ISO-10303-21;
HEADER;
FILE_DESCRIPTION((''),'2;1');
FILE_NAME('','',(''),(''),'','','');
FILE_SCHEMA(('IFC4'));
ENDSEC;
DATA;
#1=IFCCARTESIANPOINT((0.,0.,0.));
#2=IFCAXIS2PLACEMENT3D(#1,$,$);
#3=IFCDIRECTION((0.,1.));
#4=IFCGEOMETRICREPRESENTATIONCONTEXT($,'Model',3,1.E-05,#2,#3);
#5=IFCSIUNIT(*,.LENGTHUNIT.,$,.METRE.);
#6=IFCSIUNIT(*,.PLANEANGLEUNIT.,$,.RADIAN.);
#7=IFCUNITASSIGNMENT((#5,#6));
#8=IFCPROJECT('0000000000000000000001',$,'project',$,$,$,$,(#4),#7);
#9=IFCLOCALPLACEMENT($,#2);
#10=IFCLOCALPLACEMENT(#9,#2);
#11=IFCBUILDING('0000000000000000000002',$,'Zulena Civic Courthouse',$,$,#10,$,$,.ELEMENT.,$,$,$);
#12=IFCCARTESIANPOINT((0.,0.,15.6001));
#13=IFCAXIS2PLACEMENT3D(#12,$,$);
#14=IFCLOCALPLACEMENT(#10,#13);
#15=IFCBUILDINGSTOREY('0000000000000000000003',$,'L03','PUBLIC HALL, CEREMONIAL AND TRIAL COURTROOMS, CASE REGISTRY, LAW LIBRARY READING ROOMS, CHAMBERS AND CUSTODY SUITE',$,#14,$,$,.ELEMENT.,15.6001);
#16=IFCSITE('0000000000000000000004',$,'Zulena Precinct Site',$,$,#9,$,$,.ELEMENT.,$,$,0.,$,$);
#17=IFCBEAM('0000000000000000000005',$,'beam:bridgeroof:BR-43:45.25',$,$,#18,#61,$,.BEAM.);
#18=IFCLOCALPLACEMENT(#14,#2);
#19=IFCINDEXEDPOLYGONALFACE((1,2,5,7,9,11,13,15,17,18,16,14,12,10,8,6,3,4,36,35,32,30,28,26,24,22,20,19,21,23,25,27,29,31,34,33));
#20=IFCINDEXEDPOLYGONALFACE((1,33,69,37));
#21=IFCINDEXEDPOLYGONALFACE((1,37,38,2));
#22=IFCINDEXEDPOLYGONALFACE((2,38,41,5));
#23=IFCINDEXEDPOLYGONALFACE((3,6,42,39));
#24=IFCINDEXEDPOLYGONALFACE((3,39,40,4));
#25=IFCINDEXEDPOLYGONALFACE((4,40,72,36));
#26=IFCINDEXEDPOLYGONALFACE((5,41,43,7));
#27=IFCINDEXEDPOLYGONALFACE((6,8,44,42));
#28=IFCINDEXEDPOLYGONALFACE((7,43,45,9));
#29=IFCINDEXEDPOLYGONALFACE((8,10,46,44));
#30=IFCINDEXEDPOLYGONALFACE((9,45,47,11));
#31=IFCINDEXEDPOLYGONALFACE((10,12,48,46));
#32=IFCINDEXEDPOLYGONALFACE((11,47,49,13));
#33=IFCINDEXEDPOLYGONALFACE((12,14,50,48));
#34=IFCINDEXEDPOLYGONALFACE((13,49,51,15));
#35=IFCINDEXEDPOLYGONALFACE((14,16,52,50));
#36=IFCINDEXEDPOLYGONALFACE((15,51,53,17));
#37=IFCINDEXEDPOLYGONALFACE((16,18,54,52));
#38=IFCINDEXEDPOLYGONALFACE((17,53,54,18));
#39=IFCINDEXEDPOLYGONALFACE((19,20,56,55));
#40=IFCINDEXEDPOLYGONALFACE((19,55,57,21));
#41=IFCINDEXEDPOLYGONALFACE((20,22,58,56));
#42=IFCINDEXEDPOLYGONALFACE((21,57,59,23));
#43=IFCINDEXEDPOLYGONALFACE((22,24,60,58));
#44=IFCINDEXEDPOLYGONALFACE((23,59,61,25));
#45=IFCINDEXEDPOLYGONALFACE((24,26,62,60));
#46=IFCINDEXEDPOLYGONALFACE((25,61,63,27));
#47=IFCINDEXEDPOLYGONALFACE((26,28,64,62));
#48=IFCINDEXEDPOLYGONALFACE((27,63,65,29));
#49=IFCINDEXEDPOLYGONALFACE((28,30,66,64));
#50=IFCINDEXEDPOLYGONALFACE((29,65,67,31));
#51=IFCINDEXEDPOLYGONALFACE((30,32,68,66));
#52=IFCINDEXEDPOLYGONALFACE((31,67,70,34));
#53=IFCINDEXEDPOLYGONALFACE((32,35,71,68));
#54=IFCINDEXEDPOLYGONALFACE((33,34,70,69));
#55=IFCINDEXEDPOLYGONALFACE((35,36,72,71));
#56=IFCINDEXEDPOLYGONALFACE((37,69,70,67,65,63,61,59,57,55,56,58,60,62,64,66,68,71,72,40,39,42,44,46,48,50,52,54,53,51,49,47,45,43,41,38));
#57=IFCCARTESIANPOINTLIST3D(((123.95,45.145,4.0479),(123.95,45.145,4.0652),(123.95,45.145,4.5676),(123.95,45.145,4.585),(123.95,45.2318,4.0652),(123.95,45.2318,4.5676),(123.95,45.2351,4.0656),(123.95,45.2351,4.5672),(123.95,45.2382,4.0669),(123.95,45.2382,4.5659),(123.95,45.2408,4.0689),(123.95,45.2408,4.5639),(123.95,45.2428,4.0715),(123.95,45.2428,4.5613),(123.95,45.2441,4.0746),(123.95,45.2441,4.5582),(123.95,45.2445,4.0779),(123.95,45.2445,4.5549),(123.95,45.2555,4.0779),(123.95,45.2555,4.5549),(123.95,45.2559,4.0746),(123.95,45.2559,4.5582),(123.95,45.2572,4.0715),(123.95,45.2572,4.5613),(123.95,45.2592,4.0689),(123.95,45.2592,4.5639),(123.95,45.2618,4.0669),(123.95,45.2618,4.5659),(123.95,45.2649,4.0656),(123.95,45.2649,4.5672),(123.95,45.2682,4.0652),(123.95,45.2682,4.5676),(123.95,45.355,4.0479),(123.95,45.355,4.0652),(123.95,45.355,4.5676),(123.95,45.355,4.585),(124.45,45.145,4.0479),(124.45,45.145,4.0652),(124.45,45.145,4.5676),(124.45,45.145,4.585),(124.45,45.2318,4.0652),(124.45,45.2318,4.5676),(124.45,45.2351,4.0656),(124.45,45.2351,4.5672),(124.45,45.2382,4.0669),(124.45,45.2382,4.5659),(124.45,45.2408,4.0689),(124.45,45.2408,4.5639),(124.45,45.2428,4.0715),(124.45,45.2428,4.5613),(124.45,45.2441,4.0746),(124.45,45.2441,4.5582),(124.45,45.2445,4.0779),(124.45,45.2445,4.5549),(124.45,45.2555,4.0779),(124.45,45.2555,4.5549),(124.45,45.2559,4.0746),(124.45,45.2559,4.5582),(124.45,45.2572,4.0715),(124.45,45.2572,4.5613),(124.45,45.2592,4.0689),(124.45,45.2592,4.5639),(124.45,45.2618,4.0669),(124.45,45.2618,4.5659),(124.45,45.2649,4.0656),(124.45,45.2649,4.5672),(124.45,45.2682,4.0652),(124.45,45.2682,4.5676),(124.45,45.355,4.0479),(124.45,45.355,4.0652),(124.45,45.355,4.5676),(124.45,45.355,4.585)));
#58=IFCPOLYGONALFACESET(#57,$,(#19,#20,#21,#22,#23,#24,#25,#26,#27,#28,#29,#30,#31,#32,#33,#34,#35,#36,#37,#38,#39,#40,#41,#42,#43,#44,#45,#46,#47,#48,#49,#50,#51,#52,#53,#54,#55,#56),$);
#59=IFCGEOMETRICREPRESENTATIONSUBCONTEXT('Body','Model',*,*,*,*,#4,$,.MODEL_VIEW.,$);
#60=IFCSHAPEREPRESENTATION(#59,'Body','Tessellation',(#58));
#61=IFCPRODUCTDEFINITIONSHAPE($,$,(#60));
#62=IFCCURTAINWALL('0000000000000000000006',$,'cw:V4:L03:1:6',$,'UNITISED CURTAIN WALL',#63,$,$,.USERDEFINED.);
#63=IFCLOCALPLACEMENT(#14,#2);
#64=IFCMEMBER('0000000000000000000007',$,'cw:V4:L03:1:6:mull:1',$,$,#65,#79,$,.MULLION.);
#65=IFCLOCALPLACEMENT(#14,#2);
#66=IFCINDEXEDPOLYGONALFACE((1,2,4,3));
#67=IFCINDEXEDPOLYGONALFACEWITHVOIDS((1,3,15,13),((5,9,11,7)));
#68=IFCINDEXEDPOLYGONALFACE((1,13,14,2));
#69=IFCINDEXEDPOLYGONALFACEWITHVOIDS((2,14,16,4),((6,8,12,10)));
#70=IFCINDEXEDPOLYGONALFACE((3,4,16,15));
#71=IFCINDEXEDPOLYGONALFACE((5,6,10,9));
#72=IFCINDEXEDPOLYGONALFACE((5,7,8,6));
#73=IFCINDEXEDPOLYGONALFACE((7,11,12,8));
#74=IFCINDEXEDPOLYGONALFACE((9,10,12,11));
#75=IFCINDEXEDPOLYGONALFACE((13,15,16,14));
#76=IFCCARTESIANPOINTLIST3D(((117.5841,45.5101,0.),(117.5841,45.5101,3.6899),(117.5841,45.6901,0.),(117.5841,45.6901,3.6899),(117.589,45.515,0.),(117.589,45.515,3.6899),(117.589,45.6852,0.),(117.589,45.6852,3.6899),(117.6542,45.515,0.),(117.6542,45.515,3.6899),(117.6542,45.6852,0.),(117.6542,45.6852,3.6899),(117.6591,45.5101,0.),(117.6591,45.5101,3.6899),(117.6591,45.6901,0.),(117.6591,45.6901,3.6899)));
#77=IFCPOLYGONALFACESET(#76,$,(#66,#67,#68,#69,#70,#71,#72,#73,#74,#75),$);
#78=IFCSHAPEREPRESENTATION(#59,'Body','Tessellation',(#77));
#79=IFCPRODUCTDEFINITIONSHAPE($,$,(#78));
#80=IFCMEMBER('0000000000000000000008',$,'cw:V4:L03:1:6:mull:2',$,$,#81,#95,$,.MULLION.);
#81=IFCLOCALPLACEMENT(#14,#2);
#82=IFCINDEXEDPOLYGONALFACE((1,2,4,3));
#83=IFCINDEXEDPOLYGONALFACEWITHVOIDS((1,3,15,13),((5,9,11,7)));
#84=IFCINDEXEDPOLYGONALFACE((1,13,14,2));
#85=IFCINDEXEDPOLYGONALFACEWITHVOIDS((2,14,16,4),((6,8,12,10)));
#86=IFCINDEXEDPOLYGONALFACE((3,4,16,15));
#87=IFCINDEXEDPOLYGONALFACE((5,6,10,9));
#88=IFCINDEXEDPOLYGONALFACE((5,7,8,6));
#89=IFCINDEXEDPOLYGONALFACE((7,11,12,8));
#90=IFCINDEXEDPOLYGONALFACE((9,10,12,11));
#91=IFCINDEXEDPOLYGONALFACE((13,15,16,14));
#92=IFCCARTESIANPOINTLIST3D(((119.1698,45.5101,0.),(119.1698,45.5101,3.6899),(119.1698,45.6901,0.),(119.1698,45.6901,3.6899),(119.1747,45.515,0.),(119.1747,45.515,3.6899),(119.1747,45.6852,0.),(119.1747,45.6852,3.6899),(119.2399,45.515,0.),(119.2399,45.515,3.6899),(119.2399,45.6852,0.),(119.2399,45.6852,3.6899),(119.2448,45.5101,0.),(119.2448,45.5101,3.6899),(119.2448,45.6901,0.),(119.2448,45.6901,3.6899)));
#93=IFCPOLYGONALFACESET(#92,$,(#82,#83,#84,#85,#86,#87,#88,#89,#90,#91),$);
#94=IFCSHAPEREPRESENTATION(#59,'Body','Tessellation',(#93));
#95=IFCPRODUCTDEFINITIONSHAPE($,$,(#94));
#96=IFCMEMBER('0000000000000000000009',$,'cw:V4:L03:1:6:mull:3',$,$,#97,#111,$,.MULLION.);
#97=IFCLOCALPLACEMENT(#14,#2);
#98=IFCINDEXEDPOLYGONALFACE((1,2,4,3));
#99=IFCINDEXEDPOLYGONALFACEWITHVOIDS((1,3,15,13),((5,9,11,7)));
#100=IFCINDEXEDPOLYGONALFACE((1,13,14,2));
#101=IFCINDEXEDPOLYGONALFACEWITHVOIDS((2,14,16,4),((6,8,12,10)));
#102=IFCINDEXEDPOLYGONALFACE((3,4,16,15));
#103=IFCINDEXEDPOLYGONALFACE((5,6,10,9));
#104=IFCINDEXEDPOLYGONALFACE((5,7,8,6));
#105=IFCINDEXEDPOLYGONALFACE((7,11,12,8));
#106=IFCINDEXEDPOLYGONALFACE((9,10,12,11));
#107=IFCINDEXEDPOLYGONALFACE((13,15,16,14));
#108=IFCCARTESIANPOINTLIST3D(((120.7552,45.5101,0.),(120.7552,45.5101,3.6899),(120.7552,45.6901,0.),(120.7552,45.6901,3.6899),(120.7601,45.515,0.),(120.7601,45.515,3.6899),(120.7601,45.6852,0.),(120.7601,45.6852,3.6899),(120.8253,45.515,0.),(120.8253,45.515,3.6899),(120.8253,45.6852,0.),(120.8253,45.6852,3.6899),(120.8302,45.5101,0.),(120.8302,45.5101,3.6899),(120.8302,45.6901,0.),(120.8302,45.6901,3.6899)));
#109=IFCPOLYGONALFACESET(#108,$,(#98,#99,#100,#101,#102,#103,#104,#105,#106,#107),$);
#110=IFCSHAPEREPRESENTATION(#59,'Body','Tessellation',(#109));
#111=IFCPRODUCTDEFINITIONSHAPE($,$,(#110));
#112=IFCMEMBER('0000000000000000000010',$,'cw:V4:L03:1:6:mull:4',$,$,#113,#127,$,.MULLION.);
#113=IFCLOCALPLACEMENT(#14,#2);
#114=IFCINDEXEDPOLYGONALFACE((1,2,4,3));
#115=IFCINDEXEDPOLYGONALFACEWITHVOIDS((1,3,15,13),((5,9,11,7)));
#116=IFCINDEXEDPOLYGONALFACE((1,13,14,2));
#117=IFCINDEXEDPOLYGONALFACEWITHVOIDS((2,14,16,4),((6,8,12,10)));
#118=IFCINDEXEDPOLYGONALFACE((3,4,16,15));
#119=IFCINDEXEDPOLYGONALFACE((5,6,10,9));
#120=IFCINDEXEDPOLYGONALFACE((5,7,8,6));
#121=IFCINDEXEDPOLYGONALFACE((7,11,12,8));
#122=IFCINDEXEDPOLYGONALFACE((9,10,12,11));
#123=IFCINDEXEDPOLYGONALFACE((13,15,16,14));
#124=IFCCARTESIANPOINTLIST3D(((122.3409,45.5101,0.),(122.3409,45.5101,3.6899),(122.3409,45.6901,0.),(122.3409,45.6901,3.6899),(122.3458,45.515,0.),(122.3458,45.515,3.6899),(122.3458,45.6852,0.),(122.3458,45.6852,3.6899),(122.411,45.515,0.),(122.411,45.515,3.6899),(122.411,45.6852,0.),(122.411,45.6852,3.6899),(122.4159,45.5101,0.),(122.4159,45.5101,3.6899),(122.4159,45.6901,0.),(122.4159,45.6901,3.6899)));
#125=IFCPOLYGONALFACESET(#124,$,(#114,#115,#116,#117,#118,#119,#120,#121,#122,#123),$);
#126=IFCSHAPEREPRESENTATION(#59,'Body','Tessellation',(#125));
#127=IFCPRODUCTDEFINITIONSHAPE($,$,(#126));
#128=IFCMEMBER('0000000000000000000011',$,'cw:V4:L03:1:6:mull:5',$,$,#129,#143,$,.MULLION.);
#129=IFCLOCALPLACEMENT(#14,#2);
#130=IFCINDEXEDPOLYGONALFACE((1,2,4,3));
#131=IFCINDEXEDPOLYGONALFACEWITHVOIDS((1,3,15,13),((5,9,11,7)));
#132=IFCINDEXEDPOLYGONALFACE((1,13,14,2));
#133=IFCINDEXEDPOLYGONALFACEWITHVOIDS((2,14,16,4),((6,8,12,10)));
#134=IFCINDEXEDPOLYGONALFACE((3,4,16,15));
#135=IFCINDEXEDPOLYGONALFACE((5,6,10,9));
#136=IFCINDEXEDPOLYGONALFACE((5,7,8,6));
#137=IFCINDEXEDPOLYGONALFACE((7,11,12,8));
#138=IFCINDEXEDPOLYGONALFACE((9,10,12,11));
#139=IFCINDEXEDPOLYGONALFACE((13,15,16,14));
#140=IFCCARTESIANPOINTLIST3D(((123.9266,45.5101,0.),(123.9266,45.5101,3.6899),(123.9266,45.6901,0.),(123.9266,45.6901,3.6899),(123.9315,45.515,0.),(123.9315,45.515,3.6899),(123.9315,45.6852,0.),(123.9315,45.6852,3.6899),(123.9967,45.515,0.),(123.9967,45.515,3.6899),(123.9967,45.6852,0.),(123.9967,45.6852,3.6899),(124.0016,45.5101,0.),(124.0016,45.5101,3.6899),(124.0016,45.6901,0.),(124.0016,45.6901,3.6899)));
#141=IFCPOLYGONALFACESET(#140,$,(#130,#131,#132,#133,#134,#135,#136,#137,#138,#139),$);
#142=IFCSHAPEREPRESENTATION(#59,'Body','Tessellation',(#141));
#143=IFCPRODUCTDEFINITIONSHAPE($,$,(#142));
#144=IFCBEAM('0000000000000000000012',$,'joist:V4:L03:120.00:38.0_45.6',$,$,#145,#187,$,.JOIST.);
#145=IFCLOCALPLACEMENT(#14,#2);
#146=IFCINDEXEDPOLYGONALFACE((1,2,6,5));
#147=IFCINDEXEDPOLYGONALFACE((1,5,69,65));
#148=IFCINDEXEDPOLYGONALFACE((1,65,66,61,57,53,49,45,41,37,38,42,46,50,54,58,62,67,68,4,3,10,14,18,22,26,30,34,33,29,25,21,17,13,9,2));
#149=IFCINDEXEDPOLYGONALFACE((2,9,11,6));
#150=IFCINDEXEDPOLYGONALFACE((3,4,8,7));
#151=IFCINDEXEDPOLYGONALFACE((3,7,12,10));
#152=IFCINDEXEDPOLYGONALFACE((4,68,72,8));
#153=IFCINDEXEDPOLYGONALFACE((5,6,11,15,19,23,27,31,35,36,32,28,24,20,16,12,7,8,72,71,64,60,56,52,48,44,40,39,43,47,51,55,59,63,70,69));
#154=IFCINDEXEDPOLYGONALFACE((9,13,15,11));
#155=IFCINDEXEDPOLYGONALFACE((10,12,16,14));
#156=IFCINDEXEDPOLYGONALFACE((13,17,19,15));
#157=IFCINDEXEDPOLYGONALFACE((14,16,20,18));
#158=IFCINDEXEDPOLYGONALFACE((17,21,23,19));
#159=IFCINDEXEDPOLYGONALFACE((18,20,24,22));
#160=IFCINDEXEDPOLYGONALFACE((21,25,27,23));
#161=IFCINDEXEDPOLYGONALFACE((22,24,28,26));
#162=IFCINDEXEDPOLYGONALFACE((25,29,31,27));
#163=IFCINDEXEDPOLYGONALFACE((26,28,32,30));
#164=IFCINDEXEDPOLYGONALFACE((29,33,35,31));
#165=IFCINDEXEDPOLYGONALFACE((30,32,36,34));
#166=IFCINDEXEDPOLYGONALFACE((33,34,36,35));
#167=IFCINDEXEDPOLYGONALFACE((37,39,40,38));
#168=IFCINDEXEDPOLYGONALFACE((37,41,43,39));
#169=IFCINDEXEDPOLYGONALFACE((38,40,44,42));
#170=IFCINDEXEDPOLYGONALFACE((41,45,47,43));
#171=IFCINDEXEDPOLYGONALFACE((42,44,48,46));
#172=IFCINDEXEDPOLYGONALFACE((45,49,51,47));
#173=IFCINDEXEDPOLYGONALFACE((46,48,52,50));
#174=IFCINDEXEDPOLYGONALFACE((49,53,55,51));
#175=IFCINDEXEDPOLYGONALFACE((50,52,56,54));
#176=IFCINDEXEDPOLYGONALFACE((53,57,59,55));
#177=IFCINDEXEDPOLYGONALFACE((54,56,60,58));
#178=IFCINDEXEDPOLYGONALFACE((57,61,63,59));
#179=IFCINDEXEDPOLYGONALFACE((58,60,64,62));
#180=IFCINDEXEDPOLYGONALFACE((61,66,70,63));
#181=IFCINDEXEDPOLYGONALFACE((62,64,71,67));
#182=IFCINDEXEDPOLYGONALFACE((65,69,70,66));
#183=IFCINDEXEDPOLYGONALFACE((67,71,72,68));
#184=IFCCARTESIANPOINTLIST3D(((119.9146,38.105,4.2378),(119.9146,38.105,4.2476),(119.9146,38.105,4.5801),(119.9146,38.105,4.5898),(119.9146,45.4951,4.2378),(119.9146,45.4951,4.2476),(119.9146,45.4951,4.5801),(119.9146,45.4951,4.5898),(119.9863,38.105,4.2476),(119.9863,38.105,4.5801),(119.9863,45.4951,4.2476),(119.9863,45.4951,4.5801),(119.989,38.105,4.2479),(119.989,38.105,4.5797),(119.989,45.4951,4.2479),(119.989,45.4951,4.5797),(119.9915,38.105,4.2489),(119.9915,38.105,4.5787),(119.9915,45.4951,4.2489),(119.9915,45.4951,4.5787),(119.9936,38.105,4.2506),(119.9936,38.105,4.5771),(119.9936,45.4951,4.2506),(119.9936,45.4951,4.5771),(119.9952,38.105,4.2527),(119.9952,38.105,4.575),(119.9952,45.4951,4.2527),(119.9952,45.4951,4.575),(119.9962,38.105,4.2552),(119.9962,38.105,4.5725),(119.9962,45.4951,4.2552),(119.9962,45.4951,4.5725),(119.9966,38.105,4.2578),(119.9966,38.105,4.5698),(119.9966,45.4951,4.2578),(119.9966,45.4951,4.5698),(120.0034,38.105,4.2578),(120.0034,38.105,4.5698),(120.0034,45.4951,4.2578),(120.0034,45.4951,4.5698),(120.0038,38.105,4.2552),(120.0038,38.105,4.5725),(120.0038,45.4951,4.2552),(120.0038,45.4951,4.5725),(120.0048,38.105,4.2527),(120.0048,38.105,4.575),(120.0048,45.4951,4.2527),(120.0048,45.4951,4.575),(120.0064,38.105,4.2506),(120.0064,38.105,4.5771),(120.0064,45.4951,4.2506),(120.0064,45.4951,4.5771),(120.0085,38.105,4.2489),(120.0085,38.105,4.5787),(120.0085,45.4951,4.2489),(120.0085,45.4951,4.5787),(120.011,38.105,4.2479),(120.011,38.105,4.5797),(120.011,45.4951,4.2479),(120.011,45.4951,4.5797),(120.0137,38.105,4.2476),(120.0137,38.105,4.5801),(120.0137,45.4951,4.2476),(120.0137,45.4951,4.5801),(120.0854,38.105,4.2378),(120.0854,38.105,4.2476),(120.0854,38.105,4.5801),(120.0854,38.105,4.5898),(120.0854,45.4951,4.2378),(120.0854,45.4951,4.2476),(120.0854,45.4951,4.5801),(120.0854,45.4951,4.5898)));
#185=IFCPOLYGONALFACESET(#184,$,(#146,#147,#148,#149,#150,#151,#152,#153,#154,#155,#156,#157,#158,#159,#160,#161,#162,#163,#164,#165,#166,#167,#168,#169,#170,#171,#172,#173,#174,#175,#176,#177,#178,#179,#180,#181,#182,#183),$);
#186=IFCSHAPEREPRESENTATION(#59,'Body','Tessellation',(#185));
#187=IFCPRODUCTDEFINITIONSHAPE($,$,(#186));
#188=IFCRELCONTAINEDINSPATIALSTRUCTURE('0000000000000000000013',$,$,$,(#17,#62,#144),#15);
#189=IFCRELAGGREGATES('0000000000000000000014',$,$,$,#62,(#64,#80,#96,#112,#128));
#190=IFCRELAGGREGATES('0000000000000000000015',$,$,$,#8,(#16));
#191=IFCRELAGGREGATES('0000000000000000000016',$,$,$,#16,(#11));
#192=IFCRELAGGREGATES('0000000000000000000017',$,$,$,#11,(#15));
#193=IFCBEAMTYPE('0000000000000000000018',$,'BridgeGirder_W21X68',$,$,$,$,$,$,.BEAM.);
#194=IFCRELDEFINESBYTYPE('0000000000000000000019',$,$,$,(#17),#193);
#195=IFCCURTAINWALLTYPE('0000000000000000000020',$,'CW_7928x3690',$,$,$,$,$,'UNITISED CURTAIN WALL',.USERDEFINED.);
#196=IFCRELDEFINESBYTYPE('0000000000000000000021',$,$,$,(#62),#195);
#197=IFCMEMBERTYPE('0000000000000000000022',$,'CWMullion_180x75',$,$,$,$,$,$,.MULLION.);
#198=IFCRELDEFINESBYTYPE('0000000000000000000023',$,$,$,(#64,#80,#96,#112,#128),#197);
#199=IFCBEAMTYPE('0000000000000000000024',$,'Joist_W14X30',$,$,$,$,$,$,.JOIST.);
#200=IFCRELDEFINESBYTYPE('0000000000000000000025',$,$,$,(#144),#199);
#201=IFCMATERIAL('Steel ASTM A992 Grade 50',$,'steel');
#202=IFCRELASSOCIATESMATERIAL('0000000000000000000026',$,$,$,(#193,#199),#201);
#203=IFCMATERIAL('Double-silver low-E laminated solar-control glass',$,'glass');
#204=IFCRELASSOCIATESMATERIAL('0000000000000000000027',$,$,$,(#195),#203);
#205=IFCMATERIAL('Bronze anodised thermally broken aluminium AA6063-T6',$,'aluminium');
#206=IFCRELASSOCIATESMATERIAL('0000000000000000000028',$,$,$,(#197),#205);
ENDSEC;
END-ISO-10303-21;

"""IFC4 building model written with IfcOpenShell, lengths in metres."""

from ifc_helpers import new_model, si_unit, direction, frame, origin, origin_2d, place, context, subcontext, project, spatial, hollow_rectangle, i_section, extrude, material, material_profile, profile_set, type_object, element, aggregate, save


model = new_model("IFC4")

# Units and contexts
model_context = context("Model", 3, precision=1e-05, world=origin(), true_north=direction((0.0, 1.0)))
body_context = subcontext(model_context, "Body", "Model", "MODEL_VIEW")
ifc_project = project(units=[si_unit("LENGTHUNIT", "METRE"), si_unit("PLANEANGLEUNIT", "RADIAN")], contexts=[model_context])

# Site, building, storey
site_placement = place(None, origin())
site = spatial("IfcSite", under=ifc_project, at=site_placement, Name="Zulena Precinct Site", CompositionType="ELEMENT", RefElevation=0.0)
building_placement = place(site_placement, origin())
building = spatial("IfcBuilding", under=site, at=building_placement, Name="Zulena Civic Courthouse", CompositionType="ELEMENT")
storey_placement = place(building_placement, frame((0.0, 0.0, 15.6001)))
storey = spatial("IfcBuildingStorey", under=building, at=storey_placement, Name="L03", Description="PUBLIC HALL, CEREMONIAL AND TRIAL COURTROOMS, CASE REGISTRY, LAW LIBRARY READING ROOMS, CHAMBERS AND CUSTODY SUITE", CompositionType="ELEMENT", Elevation=15.6001)

# Shared definitions
ifc_material_1 = material(Name="Steel ASTM A992 Grade 50", Category="steel")

# Beam
ifc_material_profile_1 = material_profile(ifc_material_1, i_section(OverallWidth=0.21, OverallDepth=0.5371, WebThickness=0.011, FlangeThickness=0.0173, FilletRadius=0.0127, at=origin_2d()), Name="W21X68")
ifc_profile_set_1 = profile_set([ifc_material_profile_1], Name="Steel ASTM A992 Grade 50")
beam_type_1 = type_object("IfcBeamType", Name="BridgeGirder_W21X68", PredefinedType="BEAM", material=ifc_profile_set_1)
for number, where, z_axis, x_axis, name in (
    (1, (123.95, 45.25, 4.3164), (1.0, 0.0, 0.0), (0.0, 1.0, 0.0), "beam:bridgeroof:BR-43:45.25"),
):
    element("IfcBeam", number, at=place(storey_placement, frame(where, z_axis=z_axis, x_axis=x_axis)), inside=storey, type_object=beam_type_1, Name=name, PredefinedType="BEAM", context=body_context, shape_type="SweptSolid", body=[
        extrude(i_section(OverallWidth=0.21, OverallDepth=0.5371, WebThickness=0.011, FlangeThickness=0.0173, FilletRadius=0.0127, at=origin_2d()), origin(), (0.0, 0.0, 1.0), 0.5),
    ])

# Curtain wall, members
ifc_material_2 = material(Name="Double-silver low-E laminated solar-control glass", Category="glass")
curtain_wall_type = type_object("IfcCurtainWallType", Name="CW_7928x3690", ElementType="UNITISED CURTAIN WALL", PredefinedType="USERDEFINED", material=ifc_material_2)
curtain_wall_placement = place(storey_placement, origin())
curtain_wall = element("IfcCurtainWall", 2, at=curtain_wall_placement, inside=storey, type_object=curtain_wall_type, Name="cw:V4:L03:1:6", ObjectType="UNITISED CURTAIN WALL", PredefinedType="USERDEFINED")
ifc_material_3 = material(Name="Bronze anodised thermally broken aluminium AA6063-T6", Category="aluminium")
ifc_material_profile_2 = material_profile(ifc_material_3, hollow_rectangle(XDim=0.075, YDim=0.1799, WallThickness=0.0049, at=origin_2d()), Name="CWM180X75X5")
ifc_profile_set_2 = profile_set([ifc_material_profile_2], Name="Bronze anodised thermally broken aluminium AA6063-T6")
member_type = type_object("IfcMemberType", Name="CWMullion_180x75", PredefinedType="MULLION", material=ifc_profile_set_2)
member_1_placement = place(storey_placement, frame((117.6216, 45.6001, 0.0), z_axis=(0.0, 0.0, 1.0), x_axis=(1.0, 0.0, 0.0)))
member_1 = element("IfcMember", 3, at=member_1_placement, type_object=member_type, Name="cw:V4:L03:1:6:mull:1", PredefinedType="MULLION", context=body_context, shape_type="SweptSolid", body=[
    extrude(hollow_rectangle(XDim=0.075, YDim=0.1799, WallThickness=0.0049, at=origin_2d()), origin(), (0.0, 0.0, 1.0), 3.6899),
])
member_2_placement = place(storey_placement, frame((119.2073, 45.6001, 0.0), z_axis=(0.0, 0.0, 1.0), x_axis=(1.0, 0.0, 0.0)))
member_2 = element("IfcMember", 4, at=member_2_placement, type_object=member_type, Name="cw:V4:L03:1:6:mull:2", PredefinedType="MULLION", context=body_context, shape_type="SweptSolid", body=[
    extrude(hollow_rectangle(XDim=0.075, YDim=0.1799, WallThickness=0.0049, at=origin_2d()), origin(), (0.0, 0.0, 1.0), 3.6899),
])
member_3_placement = place(storey_placement, frame((120.7927, 45.6001, 0.0), z_axis=(0.0, 0.0, 1.0), x_axis=(1.0, 0.0, 0.0)))
member_3 = element("IfcMember", 5, at=member_3_placement, type_object=member_type, Name="cw:V4:L03:1:6:mull:3", PredefinedType="MULLION", context=body_context, shape_type="SweptSolid", body=[
    extrude(hollow_rectangle(XDim=0.075, YDim=0.1799, WallThickness=0.0049, at=origin_2d()), origin(), (0.0, 0.0, 1.0), 3.6899),
])
member_4_placement = place(storey_placement, frame((122.3784, 45.6001, 0.0), z_axis=(0.0, 0.0, 1.0), x_axis=(1.0, 0.0, 0.0)))
member_4 = element("IfcMember", 6, at=member_4_placement, type_object=member_type, Name="cw:V4:L03:1:6:mull:4", PredefinedType="MULLION", context=body_context, shape_type="SweptSolid", body=[
    extrude(hollow_rectangle(XDim=0.075, YDim=0.1799, WallThickness=0.0049, at=origin_2d()), origin(), (0.0, 0.0, 1.0), 3.6899),
])
member_5_placement = place(storey_placement, frame((123.9641, 45.6001, 0.0), z_axis=(0.0, 0.0, 1.0), x_axis=(1.0, 0.0, 0.0)))
member_5 = element("IfcMember", 7, at=member_5_placement, type_object=member_type, Name="cw:V4:L03:1:6:mull:5", PredefinedType="MULLION", context=body_context, shape_type="SweptSolid", body=[
    extrude(hollow_rectangle(XDim=0.075, YDim=0.1799, WallThickness=0.0049, at=origin_2d()), origin(), (0.0, 0.0, 1.0), 3.6899),
])

# Beam
ifc_material_profile_3 = material_profile(ifc_material_1, i_section(OverallWidth=0.1709, OverallDepth=0.3521, WebThickness=0.0068, FlangeThickness=0.0098, FilletRadius=0.0103, at=origin_2d()), Name="W14X30")
ifc_profile_set_3 = profile_set([ifc_material_profile_3], Name="Steel ASTM A992 Grade 50")
beam_type_2 = type_object("IfcBeamType", Name="Joist_W14X30", PredefinedType="JOIST", material=ifc_profile_set_3)
beam_1_placement = place(storey_placement, frame((120.0, 38.105, 4.4138), z_axis=(0.0, 1.0, 0.0), x_axis=(-1.0, 0.0, 0.0)))
element("IfcBeam", 8, at=beam_1_placement, inside=storey, type_object=beam_type_2, Name="joist:V4:L03:120.00:38.0_45.6", PredefinedType="JOIST", context=body_context, shape_type="SweptSolid", body=[
    extrude(i_section(OverallWidth=0.1709, OverallDepth=0.3521, WebThickness=0.0068, FlangeThickness=0.0098, FilletRadius=0.0103, at=origin_2d()), origin(), (0.0, 0.0, 1.0), 7.3901),
])

aggregate(curtain_wall, [member_1, member_2, member_3, member_4, member_5])

save(model, "model.ifc")
